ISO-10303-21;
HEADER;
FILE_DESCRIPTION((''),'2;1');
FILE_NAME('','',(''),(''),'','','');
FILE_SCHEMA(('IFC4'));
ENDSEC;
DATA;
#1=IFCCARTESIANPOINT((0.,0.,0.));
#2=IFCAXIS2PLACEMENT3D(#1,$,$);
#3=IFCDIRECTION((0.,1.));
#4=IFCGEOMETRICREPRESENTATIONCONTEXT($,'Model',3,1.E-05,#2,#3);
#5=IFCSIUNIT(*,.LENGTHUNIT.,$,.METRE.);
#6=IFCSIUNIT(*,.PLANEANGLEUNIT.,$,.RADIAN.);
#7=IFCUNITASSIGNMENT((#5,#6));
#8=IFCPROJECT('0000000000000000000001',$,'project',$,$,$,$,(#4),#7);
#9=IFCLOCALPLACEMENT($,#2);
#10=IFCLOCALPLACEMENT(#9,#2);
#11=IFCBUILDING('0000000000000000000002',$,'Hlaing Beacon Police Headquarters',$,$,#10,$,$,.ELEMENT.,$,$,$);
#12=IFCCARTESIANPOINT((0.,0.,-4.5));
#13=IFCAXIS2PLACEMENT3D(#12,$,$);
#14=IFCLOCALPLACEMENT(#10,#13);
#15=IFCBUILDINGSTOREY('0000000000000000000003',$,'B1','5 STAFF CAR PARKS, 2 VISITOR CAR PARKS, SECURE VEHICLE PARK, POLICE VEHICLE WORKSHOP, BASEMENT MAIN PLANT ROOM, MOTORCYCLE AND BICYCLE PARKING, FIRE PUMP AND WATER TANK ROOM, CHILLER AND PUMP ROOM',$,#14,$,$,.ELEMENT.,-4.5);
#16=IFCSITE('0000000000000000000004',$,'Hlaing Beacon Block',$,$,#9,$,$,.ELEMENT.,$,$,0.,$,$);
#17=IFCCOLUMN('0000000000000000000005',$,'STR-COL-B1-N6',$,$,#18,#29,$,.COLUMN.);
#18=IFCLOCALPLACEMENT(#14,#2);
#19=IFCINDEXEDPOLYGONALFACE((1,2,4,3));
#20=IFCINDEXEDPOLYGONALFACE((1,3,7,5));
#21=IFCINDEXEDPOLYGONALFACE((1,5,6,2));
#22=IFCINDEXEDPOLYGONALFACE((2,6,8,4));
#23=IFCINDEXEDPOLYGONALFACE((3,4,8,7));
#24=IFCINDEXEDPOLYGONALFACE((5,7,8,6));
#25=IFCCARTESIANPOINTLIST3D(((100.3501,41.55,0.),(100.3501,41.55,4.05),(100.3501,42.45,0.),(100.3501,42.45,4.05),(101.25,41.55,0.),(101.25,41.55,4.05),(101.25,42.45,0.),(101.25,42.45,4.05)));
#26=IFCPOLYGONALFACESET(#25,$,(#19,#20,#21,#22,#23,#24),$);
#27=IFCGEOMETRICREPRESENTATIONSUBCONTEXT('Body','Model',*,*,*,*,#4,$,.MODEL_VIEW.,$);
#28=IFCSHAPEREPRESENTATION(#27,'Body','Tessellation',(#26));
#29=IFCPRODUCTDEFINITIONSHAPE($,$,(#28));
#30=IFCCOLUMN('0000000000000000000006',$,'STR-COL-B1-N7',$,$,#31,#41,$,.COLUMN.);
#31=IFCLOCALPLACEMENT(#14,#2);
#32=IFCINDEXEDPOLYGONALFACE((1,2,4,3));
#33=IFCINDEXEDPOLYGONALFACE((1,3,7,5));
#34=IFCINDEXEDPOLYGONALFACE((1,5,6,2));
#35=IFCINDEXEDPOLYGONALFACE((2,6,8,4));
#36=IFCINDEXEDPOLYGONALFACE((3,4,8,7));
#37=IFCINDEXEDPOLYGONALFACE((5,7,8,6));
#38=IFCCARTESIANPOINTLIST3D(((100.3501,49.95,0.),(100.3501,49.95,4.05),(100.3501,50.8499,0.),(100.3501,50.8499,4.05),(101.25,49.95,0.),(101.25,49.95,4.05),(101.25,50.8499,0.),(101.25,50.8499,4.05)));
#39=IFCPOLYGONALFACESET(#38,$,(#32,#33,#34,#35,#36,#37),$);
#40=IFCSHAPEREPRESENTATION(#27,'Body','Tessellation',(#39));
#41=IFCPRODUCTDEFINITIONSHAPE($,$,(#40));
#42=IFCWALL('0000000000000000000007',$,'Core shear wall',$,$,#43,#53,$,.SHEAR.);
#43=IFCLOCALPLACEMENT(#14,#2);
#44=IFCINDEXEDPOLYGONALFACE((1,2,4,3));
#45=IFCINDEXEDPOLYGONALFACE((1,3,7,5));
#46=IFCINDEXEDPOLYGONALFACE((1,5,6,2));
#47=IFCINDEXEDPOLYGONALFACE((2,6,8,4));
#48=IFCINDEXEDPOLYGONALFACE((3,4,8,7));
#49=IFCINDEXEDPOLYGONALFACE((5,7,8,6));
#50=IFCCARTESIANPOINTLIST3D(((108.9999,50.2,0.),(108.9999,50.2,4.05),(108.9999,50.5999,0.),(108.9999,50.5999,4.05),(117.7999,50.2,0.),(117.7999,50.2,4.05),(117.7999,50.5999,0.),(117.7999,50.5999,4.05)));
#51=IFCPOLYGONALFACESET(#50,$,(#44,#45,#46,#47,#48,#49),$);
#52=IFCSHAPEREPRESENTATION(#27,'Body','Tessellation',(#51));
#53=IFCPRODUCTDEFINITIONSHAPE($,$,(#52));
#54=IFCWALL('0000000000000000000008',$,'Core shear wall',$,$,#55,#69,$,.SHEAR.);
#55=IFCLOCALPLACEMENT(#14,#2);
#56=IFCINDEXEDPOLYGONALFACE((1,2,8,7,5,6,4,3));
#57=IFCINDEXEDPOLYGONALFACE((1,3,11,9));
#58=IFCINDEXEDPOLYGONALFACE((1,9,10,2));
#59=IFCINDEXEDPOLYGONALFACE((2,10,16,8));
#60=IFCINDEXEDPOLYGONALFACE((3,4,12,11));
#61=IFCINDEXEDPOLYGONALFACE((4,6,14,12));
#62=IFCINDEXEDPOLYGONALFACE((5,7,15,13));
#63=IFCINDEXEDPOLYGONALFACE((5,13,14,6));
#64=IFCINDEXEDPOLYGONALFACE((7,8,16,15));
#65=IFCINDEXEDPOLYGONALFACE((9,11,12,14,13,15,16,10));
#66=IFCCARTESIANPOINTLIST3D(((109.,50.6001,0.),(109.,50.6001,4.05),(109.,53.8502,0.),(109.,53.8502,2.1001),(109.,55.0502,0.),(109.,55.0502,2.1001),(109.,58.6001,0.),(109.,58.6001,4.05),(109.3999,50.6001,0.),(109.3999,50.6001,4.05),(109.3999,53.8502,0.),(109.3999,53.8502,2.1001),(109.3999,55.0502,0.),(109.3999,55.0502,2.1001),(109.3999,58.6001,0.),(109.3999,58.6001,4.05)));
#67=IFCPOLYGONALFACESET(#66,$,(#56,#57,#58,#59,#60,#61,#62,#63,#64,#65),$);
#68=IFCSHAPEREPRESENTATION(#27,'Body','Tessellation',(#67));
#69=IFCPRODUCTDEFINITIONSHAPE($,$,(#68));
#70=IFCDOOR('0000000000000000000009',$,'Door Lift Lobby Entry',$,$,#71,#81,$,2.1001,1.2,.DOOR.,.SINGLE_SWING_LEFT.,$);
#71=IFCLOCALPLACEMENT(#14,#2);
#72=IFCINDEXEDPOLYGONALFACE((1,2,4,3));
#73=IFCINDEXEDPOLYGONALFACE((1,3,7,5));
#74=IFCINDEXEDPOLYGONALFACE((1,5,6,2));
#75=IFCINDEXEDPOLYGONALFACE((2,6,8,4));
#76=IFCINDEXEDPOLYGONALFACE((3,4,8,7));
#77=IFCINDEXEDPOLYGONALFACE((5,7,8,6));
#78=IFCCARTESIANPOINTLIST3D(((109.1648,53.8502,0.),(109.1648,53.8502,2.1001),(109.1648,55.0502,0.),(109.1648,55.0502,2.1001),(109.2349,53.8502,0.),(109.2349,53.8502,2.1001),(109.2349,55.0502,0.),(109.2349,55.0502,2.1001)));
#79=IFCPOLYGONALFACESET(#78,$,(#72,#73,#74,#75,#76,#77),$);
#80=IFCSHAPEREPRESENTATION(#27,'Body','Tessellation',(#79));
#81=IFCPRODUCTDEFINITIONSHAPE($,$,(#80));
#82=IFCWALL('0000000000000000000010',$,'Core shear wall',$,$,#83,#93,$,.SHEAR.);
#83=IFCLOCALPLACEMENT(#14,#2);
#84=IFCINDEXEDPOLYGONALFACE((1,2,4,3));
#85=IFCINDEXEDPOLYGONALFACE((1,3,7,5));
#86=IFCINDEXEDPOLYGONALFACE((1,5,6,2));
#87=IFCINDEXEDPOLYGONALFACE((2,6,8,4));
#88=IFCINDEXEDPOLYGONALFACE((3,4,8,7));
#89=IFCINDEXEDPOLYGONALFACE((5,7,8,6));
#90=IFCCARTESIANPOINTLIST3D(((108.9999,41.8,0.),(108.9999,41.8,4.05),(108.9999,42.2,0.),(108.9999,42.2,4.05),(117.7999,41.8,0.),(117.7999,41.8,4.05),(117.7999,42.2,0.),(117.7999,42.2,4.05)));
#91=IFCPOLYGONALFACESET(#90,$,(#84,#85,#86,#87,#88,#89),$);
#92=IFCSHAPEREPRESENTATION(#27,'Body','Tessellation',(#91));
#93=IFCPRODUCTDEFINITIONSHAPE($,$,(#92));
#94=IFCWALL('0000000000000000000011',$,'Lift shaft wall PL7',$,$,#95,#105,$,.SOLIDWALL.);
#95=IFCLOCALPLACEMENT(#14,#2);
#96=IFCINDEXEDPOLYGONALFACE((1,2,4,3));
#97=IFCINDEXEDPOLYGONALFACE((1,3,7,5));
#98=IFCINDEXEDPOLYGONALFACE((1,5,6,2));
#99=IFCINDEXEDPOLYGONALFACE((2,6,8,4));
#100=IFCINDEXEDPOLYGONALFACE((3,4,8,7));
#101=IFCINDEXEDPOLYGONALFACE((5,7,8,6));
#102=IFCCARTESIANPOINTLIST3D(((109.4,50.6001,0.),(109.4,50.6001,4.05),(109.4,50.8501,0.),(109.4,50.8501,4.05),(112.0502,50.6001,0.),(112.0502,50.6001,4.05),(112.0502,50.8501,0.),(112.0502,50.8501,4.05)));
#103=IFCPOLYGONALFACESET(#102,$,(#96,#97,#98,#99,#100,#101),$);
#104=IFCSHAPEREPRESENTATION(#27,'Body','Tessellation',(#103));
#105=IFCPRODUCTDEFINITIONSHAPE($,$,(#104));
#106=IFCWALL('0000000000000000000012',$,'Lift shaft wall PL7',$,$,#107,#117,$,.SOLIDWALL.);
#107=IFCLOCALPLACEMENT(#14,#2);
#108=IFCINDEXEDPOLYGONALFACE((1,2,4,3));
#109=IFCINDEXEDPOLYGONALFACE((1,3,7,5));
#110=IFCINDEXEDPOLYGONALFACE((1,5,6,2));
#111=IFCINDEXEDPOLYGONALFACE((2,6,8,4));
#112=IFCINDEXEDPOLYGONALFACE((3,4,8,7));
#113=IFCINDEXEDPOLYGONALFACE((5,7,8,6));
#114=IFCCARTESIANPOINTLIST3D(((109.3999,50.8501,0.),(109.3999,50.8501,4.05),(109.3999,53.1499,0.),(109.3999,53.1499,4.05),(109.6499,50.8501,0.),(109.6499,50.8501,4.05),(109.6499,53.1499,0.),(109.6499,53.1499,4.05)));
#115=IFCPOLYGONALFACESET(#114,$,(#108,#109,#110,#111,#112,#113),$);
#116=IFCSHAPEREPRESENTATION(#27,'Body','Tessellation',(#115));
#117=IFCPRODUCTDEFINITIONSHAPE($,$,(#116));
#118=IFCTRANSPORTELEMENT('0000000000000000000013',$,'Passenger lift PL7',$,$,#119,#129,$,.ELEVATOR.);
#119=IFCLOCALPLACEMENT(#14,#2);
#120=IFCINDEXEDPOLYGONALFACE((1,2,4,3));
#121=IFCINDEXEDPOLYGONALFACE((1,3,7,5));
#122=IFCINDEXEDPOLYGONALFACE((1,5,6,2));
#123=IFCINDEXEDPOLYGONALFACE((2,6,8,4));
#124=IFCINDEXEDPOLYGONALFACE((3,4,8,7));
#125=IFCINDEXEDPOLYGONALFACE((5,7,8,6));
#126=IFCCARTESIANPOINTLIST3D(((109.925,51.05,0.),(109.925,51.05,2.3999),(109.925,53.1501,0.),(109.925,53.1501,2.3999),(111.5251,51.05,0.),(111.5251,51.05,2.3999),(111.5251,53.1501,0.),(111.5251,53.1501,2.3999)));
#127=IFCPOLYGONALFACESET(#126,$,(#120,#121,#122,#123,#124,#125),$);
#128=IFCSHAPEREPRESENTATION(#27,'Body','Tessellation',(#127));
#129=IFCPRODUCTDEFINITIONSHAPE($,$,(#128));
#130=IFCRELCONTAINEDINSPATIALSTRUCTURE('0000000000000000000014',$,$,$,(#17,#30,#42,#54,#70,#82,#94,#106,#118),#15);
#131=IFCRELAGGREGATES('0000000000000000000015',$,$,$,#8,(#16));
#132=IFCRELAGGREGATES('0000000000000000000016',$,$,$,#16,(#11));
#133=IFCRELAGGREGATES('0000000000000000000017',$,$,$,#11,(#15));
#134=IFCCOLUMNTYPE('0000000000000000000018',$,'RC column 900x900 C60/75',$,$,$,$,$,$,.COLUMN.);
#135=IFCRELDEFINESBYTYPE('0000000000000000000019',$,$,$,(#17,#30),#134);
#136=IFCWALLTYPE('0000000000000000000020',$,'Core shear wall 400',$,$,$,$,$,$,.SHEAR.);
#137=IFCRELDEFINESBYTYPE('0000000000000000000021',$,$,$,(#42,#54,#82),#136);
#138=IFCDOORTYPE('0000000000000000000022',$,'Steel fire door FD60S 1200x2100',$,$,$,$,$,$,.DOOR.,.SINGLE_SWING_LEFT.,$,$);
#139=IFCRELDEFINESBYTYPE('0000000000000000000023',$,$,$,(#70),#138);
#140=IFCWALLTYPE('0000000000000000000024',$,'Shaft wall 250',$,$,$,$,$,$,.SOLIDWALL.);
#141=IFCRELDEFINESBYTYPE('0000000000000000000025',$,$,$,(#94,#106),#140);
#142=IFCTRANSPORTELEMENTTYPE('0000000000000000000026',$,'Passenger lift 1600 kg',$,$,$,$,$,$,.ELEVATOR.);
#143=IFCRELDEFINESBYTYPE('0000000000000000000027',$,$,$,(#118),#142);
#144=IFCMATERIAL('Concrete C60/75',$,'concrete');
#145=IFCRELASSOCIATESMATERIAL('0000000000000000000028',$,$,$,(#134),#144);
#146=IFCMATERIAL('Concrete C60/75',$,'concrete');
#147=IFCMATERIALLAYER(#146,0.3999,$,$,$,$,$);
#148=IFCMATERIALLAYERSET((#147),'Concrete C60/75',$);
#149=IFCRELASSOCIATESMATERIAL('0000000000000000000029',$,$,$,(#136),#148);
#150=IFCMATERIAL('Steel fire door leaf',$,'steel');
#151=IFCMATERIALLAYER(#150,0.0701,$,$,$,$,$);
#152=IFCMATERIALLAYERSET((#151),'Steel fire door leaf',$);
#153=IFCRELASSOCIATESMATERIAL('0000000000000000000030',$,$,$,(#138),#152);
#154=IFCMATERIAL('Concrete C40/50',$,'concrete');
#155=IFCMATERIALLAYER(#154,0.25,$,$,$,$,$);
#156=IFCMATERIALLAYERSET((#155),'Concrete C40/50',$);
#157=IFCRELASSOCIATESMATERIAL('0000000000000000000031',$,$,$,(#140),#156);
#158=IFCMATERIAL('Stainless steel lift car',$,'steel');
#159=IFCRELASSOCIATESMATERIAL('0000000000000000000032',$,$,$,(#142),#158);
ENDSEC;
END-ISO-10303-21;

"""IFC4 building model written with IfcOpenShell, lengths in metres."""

from ifc_helpers import new_model, si_unit, direction, frame, frame_2d, origin, origin_2d, place, context, subcontext, project, spatial, rectangle, extrude, material, layer, layer_set, material_profile, profile_set, type_object, element, fill, save


model = new_model("IFC4")

# Units and contexts
model_context = context("Model", 3, precision=1e-05, world=origin(), true_north=direction((0.0, 1.0)))
body_context = subcontext(model_context, "Body", "Model", "MODEL_VIEW")
ifc_project = project(units=[si_unit("LENGTHUNIT", "METRE"), si_unit("PLANEANGLEUNIT", "RADIAN")], contexts=[model_context])

# Site, building, storey
site_placement = place(None, origin())
site = spatial("IfcSite", under=ifc_project, at=site_placement, Name="Hlaing Beacon Block", CompositionType="ELEMENT", RefElevation=0.0)
building_placement = place(site_placement, origin())
building = spatial("IfcBuilding", under=site, at=building_placement, Name="Hlaing Beacon Police Headquarters", CompositionType="ELEMENT")
storey_placement = place(building_placement, frame((0.0, 0.0, -4.5)))
storey = spatial("IfcBuildingStorey", under=building, at=storey_placement, Name="B1", Description="5 STAFF CAR PARKS, 2 VISITOR CAR PARKS, SECURE VEHICLE PARK, POLICE VEHICLE WORKSHOP, BASEMENT MAIN PLANT ROOM, MOTORCYCLE AND BICYCLE PARKING, FIRE PUMP AND WATER TANK ROOM, CHILLER AND PUMP ROOM", CompositionType="ELEMENT", Elevation=-4.5)

# Columns
ifc_material_1 = material(Name="Concrete C60/75", Category="concrete")
ifc_material_profile_1 = material_profile(ifc_material_1, rectangle(XDim=0.8999, YDim=0.8999, at=origin_2d()), Name="900x900")
ifc_profile_set_1 = profile_set([ifc_material_profile_1], Name="Concrete C60/75")
column_type_1 = type_object("IfcColumnType", Name="RC column 900x900 C60/75", PredefinedType="COLUMN", material=ifc_profile_set_1)
for number, where, z_axis, x_axis, name in (
    (1, (100.8, 42.0, 0.0), (0.0, 0.0, 1.0), (1.0, 0.0, 0.0), "STR-COL-B1-N6"),
    (2, (100.8, 50.3999, 0.0), (0.0, 0.0, 1.0), (1.0, 0.0, 0.0), "STR-COL-B1-N7"),
):
    element("IfcColumn", number, at=place(storey_placement, frame(where, z_axis=z_axis, x_axis=x_axis)), inside=storey, type_object=column_type_1, Name=name, PredefinedType="COLUMN", context=body_context, shape_type="SweptSolid", body=[
        extrude(rectangle(XDim=0.8999, YDim=0.8999, at=origin_2d()), origin(), (0.0, 0.0, 1.0), 4.05),
    ])

# Wall
ifc_material_2 = material(Name="Concrete C60/75", Category="concrete")
ifc_layer_1 = layer(ifc_material_2, 0.3999)
ifc_layer_set_1 = layer_set([ifc_layer_1], Name="Concrete C60/75")
wall_type_1 = type_object("IfcWallType", Name="Core shear wall 400", PredefinedType="SHEAR", material=ifc_layer_set_1)
wall_1_placement = place(storey_placement, frame((109.0, 50.3999, 0.0), z_axis=(0.0, 0.0, 1.0), x_axis=(1.0, 0.0, 0.0)))
element("IfcWall", 3, at=wall_1_placement, inside=storey, type_object=wall_type_1, Name="Core shear wall", PredefinedType="SHEAR", context=body_context, shape_type="SweptSolid", body=[
    extrude(rectangle(XDim=8.8, YDim=0.3999, at=frame_2d((4.3999, 0.0))), origin(), (0.0, 0.0, 1.0), 4.05),
])

# Wall, opening, door
wall_2_placement = place(storey_placement, frame((109.2, 50.6001, 0.0), z_axis=(0.0, 0.0, 1.0), x_axis=(0.0, 1.0, 0.0)))
wall_2 = element("IfcWall", 4, at=wall_2_placement, inside=storey, type_object=wall_type_1, Name="Core shear wall", PredefinedType="SHEAR", context=body_context, shape_type="SweptSolid", body=[
    extrude(rectangle(XDim=8.0, YDim=0.3999, at=frame_2d((4.0, 0.0))), origin(), (0.0, 0.0, 1.0), 4.05),
])
opening_placement = place(wall_2_placement, frame((3.25, 0.0, 0.0)))
opening = element("IfcOpeningElement", 5, at=opening_placement, cuts=wall_2, PredefinedType="OPENING", context=body_context, shape_type="SweptSolid", body=[
    extrude(rectangle(XDim=1.2, YDim=2.1001, at=frame_2d((0.6001, 1.05))), frame((0.0, 0.21, 0.0), z_axis=(0.0, -1.0, 0.0), x_axis=(1.0, 0.0, 0.0)), (0.0, 0.0, 1.0), 0.4199),
])
ifc_material_3 = material(Name="Steel fire door leaf", Category="steel")
ifc_layer_2 = layer(ifc_material_3, 0.0701)
ifc_layer_set_2 = layer_set([ifc_layer_2], Name="Steel fire door leaf")
door_type = type_object("IfcDoorType", Name="Steel fire door FD60S 1200x2100", OperationType="SINGLE_SWING_LEFT", PredefinedType="DOOR", material=ifc_layer_set_2)
door_placement = place(opening_placement, frame((1.2, 0.0, 0.0), z_axis=(0.0, 0.0, 1.0), x_axis=(-1.0, 0.0, 0.0)))
door = element("IfcDoor", 6, at=door_placement, inside=storey, type_object=door_type, Name="Door Lift Lobby Entry", OperationType="SINGLE_SWING_LEFT", OverallHeight=2.1001, OverallWidth=1.2, PredefinedType="DOOR", context=body_context, shape_type="SweptSolid", body=[
    extrude(rectangle(XDim=1.2, YDim=2.1001, at=frame_2d((0.5999, 1.05))), frame((0.0, 0.0349, 0.0), z_axis=(0.0, -1.0, 0.0), x_axis=(1.0, 0.0, 0.0)), (0.0, 0.0, 1.0), 0.0701),
])
fill(opening, door)

# Walls
wall_3_placement = place(storey_placement, frame((109.0, 42.0, 0.0), z_axis=(0.0, 0.0, 1.0), x_axis=(1.0, 0.0, 0.0)))
element("IfcWall", 7, at=wall_3_placement, inside=storey, type_object=wall_type_1, Name="Core shear wall", PredefinedType="SHEAR", context=body_context, shape_type="SweptSolid", body=[
    extrude(rectangle(XDim=8.8, YDim=0.3999, at=frame_2d((4.3999, 0.0))), origin(), (0.0, 0.0, 1.0), 4.05),
])
ifc_material_4 = material(Name="Concrete C40/50", Category="concrete")
ifc_layer_3 = layer(ifc_material_4, 0.25)
ifc_layer_set_3 = layer_set([ifc_layer_3], Name="Concrete C40/50")
wall_type_2 = type_object("IfcWallType", Name="Shaft wall 250", PredefinedType="SOLIDWALL", material=ifc_layer_set_3)
wall_4_placement = place(storey_placement, frame((109.3999, 50.7251, 0.0), z_axis=(0.0, 0.0, 1.0), x_axis=(1.0, 0.0, 0.0)))
element("IfcWall", 8, at=wall_4_placement, inside=storey, type_object=wall_type_2, Name="Lift shaft wall PL7", PredefinedType="SOLIDWALL", context=body_context, shape_type="SweptSolid", body=[
    extrude(rectangle(XDim=2.6501, YDim=0.25, at=frame_2d((1.3252, 0.0))), origin(), (0.0, 0.0, 1.0), 4.05),
])
wall_5_placement = place(storey_placement, frame((109.5249, 50.8501, 0.0), z_axis=(0.0, 0.0, 1.0), x_axis=(0.0, 1.0, 0.0)))
element("IfcWall", 9, at=wall_5_placement, inside=storey, type_object=wall_type_2, Name="Lift shaft wall PL7", PredefinedType="SOLIDWALL", context=body_context, shape_type="SweptSolid", body=[
    extrude(rectangle(XDim=2.2998, YDim=0.25, at=frame_2d((1.1499, 0.0))), origin(), (0.0, 0.0, 1.0), 4.05),
])

# Transport element
ifc_material_5 = material(Name="Stainless steel lift car", Category="steel")
transport_element_type = type_object("IfcTransportElementType", Name="Passenger lift 1600 kg", PredefinedType="ELEVATOR", material=ifc_material_5)
transport_element_placement = place(storey_placement, frame((110.7251, 52.1001, 0.0), z_axis=(0.0, 0.0, 1.0), x_axis=(1.0, 0.0, 0.0)))
element("IfcTransportElement", 10, at=transport_element_placement, inside=storey, type_object=transport_element_type, Name="Passenger lift PL7", PredefinedType="ELEVATOR", context=body_context, shape_type="SweptSolid", body=[
    extrude(rectangle(XDim=1.6001, YDim=2.1001, at=origin_2d()), origin(), (0.0, 0.0, 1.0), 2.3999),
])

save(model, "model.ifc")
